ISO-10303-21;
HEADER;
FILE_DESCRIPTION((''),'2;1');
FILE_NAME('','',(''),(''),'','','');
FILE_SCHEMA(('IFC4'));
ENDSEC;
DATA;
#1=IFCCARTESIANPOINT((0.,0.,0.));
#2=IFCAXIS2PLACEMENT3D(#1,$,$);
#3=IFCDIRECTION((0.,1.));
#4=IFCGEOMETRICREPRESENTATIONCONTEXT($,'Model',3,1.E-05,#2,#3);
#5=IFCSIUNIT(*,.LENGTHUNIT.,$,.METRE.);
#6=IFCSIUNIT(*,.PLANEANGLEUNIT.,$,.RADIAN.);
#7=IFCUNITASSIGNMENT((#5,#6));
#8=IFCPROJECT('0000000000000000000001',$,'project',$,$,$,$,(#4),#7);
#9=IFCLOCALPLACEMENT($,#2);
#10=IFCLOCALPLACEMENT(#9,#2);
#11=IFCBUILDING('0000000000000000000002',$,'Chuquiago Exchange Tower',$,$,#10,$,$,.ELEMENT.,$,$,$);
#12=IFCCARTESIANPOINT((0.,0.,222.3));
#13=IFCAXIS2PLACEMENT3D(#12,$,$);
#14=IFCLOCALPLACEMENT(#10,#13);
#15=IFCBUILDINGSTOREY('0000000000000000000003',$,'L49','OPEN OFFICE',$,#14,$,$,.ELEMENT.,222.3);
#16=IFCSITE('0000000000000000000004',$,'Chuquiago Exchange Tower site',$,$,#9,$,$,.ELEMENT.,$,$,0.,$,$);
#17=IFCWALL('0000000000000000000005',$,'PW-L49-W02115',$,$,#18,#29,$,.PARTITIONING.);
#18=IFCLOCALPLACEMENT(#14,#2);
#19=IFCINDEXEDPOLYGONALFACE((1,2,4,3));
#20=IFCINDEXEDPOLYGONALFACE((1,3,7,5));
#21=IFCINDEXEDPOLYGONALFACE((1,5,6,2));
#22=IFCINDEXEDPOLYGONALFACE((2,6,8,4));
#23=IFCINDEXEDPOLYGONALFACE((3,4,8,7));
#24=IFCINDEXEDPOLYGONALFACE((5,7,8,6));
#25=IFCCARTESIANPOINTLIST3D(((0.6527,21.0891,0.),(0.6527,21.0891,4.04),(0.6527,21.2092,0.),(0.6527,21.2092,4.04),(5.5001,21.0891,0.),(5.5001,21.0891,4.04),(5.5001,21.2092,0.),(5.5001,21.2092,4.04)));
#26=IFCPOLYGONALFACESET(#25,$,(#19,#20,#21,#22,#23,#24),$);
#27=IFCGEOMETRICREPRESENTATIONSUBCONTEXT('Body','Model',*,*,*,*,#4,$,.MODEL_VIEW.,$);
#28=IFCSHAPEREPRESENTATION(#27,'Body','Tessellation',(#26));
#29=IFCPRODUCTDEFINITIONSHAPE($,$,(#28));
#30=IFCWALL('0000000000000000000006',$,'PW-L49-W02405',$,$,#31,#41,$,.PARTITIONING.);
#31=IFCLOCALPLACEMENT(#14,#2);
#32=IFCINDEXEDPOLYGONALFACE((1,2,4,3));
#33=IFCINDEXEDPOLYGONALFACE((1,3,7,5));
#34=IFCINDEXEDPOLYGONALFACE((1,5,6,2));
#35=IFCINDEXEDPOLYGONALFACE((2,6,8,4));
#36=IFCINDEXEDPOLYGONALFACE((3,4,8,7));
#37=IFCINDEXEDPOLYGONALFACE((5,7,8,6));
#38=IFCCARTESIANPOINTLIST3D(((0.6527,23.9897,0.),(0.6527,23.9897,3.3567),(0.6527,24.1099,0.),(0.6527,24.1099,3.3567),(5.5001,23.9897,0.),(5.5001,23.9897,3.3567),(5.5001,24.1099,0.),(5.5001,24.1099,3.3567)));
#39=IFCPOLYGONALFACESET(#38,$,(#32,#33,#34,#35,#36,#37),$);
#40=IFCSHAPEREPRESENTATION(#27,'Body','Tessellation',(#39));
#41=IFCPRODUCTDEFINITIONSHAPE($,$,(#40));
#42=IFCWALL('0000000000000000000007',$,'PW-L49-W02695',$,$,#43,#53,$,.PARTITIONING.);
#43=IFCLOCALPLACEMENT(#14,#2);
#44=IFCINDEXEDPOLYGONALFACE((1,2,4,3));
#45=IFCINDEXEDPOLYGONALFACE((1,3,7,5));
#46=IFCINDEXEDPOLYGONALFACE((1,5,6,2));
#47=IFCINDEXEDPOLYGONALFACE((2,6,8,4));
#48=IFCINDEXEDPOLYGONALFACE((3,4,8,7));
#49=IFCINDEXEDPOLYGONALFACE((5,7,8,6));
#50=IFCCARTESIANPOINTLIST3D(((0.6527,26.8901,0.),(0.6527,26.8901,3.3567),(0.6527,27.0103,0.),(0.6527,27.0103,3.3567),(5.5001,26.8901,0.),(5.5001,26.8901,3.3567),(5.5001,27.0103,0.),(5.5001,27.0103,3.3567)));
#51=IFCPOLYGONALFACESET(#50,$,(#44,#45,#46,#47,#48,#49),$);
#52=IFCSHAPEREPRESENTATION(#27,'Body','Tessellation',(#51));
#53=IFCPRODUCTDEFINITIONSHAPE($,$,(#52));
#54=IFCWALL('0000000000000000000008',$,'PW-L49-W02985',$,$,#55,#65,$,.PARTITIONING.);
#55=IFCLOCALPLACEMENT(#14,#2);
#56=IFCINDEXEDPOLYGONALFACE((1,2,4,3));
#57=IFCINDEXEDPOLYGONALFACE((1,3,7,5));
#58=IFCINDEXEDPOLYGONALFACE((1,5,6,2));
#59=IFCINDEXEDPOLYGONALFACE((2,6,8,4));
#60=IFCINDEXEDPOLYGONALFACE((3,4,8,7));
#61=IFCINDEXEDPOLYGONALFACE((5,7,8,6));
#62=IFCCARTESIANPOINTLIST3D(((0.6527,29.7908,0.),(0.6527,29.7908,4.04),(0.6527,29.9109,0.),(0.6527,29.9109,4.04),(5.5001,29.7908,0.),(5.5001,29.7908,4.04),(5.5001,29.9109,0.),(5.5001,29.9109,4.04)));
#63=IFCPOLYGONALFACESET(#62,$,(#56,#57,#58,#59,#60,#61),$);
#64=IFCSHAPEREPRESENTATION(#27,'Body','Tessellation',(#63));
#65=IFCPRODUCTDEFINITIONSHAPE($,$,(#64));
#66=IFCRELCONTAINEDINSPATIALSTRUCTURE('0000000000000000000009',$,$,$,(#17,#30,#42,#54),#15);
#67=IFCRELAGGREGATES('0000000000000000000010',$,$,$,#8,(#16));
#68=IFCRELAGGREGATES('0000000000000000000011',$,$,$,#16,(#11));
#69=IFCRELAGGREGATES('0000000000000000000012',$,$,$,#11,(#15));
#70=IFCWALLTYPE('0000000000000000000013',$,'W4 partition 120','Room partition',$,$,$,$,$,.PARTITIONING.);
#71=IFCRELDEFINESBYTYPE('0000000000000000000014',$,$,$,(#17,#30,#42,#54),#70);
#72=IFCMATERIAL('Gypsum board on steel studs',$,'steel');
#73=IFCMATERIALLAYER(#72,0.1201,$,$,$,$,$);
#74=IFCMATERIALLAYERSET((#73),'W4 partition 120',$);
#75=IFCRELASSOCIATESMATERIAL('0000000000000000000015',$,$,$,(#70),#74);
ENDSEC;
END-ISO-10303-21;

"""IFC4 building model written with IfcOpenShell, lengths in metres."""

from ifc_helpers import new_model, si_unit, direction, frame, frame_2d, origin, place, context, subcontext, project, spatial, rectangle, extrude, material, layer, layer_set, type_object, element, save


model = new_model("IFC4")

# Units and contexts
model_context = context("Model", 3, precision=1e-05, world=origin(), true_north=direction((0.0, 1.0)))
body_context = subcontext(model_context, "Body", "Model", "MODEL_VIEW")
ifc_project = project(units=[si_unit("LENGTHUNIT", "METRE"), si_unit("PLANEANGLEUNIT", "RADIAN")], contexts=[model_context])

# Site, building, storey
site_placement = place(None, origin())
site = spatial("IfcSite", under=ifc_project, at=site_placement, Name="Chuquiago Exchange Tower site", CompositionType="ELEMENT", RefElevation=0.0)
building_placement = place(site_placement, origin())
building = spatial("IfcBuilding", under=site, at=building_placement, Name="Chuquiago Exchange Tower", CompositionType="ELEMENT")
storey_placement = place(building_placement, frame((0.0, 0.0, 222.3)))
storey = spatial("IfcBuildingStorey", under=building, at=storey_placement, Name="L49", Description="OPEN OFFICE", CompositionType="ELEMENT", Elevation=222.3)

# Walls
ifc_material_1 = material(Name="Gypsum board on steel studs", Category="steel")
ifc_layer_1 = layer(ifc_material_1, 0.1201)
ifc_layer_set_1 = layer_set([ifc_layer_1], Name="W4 partition 120")
wall_type = type_object("IfcWallType", Name="W4 partition 120", Description="Room partition", PredefinedType="PARTITIONING", material=ifc_layer_set_1)
wall_1_placement = place(storey_placement, frame((0.6526, 21.1492, 0.0), z_axis=(0.0, 0.0, 1.0), x_axis=(1.0, 0.0, 0.0)))
element("IfcWall", 1, at=wall_1_placement, inside=storey, type_object=wall_type, Name="PW-L49-W02115", PredefinedType="PARTITIONING", context=body_context, shape_type="SweptSolid", body=[
    extrude(rectangle(XDim=4.8474, YDim=0.1201, at=frame_2d((2.4238, 0.0))), origin(), (0.0, 0.0, 1.0), 4.04),
])
for number, where, z_axis, x_axis, name in (
    (2, (0.6526, 24.0498, 0.0), (0.0, 0.0, 1.0), (1.0, 0.0, 0.0), "PW-L49-W02405"),
    (3, (0.6526, 26.9502, 0.0), (0.0, 0.0, 1.0), (1.0, 0.0, 0.0), "PW-L49-W02695"),
):
    element("IfcWall", number, at=place(storey_placement, frame(where, z_axis=z_axis, x_axis=x_axis)), inside=storey, type_object=wall_type, Name=name, PredefinedType="PARTITIONING", context=body_context, shape_type="SweptSolid", body=[
        extrude(rectangle(XDim=4.8474, YDim=0.1201, at=frame_2d((2.4238, 0.0))), origin(), (0.0, 0.0, 1.0), 3.3567),
    ])
wall_2_placement = place(storey_placement, frame((0.6526, 29.8508, 0.0), z_axis=(0.0, 0.0, 1.0), x_axis=(1.0, 0.0, 0.0)))
element("IfcWall", 4, at=wall_2_placement, inside=storey, type_object=wall_type, Name="PW-L49-W02985", PredefinedType="PARTITIONING", context=body_context, shape_type="SweptSolid", body=[
    extrude(rectangle(XDim=4.8474, YDim=0.1201, at=frame_2d((2.4238, 0.0))), origin(), (0.0, 0.0, 1.0), 4.04),
])

save(model, "model.ifc")
